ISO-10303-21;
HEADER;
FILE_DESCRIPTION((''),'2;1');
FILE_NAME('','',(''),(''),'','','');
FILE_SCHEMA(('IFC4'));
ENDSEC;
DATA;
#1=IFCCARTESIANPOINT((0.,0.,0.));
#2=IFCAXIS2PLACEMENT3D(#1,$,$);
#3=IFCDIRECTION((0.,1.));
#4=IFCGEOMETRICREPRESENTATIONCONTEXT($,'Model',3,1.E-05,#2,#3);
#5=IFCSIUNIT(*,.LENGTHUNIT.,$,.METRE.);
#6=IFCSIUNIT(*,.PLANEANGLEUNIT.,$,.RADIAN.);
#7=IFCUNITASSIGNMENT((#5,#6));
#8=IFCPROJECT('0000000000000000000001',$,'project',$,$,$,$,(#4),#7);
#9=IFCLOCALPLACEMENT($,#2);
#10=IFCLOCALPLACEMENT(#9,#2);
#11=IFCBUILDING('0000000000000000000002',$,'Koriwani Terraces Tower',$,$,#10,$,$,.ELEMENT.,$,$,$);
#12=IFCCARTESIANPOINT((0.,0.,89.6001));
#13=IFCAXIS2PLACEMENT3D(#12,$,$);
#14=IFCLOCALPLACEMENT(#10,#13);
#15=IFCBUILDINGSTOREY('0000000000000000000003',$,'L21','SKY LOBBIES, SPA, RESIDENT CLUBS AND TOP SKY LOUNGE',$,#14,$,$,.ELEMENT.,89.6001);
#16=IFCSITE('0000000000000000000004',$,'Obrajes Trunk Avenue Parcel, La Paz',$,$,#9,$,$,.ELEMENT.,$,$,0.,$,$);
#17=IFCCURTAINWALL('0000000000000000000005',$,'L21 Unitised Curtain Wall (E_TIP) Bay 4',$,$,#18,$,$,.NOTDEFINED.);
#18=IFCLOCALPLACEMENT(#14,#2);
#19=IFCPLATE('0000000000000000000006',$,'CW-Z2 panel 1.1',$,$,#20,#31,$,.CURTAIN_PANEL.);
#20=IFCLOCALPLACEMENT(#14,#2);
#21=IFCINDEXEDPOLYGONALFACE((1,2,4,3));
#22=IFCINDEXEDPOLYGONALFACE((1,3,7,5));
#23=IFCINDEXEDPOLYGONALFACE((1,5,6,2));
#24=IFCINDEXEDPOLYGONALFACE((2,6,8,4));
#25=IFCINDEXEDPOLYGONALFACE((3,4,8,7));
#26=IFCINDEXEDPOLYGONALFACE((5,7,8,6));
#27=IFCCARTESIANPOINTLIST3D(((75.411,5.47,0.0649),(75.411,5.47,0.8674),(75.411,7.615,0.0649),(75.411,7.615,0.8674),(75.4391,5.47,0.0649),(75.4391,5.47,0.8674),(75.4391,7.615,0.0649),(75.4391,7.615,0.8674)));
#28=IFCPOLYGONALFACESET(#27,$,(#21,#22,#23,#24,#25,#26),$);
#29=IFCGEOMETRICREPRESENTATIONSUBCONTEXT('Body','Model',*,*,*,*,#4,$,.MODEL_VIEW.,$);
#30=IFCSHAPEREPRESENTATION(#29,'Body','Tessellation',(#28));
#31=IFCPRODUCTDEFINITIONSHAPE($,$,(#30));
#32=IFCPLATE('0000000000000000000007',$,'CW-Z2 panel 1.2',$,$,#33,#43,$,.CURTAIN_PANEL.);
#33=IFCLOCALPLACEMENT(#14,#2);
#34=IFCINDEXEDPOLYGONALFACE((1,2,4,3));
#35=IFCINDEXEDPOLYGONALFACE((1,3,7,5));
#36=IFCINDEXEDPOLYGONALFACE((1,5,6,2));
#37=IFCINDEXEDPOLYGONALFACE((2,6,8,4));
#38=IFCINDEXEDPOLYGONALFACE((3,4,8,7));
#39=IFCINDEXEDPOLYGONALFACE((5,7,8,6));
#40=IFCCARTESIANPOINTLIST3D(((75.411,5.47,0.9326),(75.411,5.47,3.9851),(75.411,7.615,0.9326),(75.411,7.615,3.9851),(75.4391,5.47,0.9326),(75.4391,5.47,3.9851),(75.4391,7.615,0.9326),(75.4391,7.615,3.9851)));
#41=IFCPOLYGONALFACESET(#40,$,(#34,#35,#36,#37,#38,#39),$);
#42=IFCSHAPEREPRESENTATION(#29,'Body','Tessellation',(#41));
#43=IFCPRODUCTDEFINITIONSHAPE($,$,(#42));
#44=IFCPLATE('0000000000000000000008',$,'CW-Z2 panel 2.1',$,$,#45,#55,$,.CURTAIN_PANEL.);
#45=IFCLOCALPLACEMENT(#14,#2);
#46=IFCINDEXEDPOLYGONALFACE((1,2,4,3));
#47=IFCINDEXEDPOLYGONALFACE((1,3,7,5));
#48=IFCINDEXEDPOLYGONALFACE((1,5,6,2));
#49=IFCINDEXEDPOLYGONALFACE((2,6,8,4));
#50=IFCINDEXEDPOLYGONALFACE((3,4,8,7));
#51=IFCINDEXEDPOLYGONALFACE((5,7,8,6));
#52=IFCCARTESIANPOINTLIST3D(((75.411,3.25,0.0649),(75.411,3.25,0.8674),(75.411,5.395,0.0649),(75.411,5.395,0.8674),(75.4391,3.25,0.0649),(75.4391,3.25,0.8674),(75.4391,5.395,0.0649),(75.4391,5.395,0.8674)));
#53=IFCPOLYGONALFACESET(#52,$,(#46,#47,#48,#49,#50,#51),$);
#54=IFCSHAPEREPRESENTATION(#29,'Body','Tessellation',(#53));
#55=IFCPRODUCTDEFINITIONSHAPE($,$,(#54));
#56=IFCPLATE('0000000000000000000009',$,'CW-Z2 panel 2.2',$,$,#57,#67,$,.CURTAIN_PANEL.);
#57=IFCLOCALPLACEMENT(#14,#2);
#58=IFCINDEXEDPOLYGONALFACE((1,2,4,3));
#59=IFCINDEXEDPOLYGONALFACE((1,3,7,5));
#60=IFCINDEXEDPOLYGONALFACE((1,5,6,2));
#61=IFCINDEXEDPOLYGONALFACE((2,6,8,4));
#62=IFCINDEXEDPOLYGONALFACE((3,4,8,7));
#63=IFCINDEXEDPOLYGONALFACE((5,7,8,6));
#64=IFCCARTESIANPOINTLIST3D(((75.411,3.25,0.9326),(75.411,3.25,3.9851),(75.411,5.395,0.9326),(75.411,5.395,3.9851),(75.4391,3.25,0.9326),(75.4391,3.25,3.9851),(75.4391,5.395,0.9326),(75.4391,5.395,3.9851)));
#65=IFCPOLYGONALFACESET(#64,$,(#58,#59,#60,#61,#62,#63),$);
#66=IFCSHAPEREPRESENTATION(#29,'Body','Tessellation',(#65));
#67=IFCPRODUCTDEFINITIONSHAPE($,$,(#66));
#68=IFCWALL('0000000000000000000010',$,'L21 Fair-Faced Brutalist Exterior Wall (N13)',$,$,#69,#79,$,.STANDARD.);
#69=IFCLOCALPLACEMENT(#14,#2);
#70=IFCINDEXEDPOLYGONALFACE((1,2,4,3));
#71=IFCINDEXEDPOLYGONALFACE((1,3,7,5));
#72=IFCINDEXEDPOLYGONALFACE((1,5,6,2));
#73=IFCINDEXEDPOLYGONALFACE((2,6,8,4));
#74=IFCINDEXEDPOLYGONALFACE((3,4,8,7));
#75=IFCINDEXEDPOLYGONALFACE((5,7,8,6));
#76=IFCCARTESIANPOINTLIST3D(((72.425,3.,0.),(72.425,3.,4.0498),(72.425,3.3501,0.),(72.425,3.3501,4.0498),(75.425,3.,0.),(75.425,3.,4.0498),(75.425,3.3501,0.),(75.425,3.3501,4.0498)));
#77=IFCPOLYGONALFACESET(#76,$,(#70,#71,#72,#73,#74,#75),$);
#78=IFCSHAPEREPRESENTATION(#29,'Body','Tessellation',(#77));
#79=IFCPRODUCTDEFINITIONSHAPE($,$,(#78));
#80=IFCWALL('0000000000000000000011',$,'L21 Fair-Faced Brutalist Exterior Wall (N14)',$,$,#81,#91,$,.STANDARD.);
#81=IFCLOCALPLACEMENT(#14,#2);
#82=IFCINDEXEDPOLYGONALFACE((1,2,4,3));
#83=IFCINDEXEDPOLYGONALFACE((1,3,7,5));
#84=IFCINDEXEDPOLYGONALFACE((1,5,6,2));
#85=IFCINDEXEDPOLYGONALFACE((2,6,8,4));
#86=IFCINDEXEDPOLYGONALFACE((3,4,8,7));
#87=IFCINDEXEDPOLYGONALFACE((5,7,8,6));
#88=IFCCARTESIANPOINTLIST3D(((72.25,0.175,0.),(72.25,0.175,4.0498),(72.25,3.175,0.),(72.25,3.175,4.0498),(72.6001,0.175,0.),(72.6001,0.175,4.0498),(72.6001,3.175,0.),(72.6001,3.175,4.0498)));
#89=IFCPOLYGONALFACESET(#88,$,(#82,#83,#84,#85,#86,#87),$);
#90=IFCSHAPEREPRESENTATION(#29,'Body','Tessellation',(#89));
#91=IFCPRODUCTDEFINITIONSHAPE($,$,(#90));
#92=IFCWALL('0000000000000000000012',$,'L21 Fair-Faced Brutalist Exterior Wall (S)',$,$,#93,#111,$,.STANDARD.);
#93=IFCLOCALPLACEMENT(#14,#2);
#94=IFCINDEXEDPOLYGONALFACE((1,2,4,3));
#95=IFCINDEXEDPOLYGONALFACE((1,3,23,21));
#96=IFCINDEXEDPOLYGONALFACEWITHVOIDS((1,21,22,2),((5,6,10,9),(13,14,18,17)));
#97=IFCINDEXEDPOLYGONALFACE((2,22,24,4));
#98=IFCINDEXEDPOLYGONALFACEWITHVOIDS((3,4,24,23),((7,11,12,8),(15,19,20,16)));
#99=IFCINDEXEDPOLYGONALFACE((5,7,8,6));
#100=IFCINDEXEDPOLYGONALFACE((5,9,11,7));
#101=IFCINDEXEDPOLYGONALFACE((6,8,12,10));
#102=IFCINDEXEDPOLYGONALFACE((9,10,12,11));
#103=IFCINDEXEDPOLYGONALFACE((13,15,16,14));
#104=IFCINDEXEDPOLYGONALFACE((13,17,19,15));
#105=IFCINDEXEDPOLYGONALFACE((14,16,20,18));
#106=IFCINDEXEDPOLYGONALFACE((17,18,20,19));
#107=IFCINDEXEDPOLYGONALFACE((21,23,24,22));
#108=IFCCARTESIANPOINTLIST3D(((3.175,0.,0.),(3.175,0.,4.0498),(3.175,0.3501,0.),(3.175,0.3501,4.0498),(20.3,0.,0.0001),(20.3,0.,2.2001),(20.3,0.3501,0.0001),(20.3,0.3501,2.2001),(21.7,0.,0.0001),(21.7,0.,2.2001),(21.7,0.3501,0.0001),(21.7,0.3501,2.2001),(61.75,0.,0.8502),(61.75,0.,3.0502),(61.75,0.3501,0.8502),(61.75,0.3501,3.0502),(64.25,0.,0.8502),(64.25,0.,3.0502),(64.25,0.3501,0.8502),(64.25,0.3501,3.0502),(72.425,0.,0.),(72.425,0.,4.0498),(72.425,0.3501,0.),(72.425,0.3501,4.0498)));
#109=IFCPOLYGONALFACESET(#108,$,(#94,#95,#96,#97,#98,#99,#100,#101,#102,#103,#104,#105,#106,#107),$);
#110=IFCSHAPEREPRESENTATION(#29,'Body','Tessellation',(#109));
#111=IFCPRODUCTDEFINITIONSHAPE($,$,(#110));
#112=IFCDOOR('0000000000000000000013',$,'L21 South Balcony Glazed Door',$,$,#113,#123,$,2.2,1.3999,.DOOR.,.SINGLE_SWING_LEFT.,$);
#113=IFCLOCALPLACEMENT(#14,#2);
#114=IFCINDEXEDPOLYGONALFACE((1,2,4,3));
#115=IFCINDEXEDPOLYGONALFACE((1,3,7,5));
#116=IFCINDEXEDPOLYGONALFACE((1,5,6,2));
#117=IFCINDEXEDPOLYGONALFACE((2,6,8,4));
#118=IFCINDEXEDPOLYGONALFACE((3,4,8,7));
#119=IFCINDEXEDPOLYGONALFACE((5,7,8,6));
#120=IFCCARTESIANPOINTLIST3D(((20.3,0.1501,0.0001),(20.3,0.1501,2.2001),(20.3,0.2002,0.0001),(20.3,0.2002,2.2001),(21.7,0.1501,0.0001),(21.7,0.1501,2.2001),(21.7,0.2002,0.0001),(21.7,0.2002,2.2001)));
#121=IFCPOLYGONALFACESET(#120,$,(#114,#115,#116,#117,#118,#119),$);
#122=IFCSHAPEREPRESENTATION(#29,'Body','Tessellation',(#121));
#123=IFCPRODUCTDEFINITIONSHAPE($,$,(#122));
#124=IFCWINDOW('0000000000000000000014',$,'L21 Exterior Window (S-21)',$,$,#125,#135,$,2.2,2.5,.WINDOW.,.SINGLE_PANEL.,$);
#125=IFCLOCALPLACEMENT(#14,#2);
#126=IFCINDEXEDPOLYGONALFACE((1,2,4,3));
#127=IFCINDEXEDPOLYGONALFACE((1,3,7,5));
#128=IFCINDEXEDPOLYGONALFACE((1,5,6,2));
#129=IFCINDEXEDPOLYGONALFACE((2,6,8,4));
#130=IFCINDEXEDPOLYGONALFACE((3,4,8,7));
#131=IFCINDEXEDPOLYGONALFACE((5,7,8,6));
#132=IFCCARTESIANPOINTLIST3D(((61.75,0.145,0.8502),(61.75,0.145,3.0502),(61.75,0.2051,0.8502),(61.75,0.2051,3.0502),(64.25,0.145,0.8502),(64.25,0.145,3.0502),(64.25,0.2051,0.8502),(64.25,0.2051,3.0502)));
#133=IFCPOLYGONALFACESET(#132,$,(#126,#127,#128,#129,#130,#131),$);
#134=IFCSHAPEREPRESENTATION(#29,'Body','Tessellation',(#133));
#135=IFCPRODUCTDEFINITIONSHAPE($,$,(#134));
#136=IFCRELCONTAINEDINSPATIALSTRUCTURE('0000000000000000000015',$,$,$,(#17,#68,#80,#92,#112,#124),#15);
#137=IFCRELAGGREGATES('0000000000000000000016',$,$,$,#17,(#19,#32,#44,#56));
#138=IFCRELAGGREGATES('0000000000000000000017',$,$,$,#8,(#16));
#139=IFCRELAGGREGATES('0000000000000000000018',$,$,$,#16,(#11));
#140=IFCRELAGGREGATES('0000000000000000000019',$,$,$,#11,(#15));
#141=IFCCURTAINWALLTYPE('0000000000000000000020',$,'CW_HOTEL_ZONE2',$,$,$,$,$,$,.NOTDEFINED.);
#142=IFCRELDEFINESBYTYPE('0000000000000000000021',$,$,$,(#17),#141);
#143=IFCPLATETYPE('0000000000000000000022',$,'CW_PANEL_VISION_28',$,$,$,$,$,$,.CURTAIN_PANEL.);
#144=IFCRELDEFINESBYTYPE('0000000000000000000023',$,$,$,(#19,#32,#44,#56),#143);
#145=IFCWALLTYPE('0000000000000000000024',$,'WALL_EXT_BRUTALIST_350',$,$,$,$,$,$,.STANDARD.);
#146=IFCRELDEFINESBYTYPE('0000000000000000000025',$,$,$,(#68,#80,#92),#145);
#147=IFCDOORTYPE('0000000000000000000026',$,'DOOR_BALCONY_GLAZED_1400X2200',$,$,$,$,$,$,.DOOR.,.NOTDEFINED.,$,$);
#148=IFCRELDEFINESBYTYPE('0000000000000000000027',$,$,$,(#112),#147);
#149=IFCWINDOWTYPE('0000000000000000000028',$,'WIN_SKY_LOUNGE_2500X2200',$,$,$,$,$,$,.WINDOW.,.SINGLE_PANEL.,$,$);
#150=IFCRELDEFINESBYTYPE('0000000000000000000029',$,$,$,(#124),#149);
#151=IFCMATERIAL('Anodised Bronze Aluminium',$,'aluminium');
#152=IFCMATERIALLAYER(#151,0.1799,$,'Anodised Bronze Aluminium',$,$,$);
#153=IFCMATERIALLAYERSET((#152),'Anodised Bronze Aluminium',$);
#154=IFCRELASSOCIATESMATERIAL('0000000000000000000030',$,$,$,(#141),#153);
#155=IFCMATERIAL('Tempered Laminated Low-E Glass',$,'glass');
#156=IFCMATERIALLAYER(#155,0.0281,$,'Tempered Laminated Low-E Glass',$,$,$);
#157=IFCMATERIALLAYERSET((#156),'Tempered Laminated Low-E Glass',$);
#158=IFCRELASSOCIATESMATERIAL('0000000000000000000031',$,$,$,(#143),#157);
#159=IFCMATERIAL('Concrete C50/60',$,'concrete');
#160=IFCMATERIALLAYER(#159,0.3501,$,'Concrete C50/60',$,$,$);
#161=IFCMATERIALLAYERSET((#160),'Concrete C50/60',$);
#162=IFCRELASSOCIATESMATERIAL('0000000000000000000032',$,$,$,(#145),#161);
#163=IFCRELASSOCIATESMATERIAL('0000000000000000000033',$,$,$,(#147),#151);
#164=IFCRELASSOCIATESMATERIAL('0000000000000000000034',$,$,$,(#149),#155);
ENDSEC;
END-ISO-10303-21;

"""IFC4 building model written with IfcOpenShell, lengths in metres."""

from ifc_helpers import new_model, si_unit, direction, frame, frame_2d, origin, origin_2d, place, context, subcontext, project, spatial, rectangle, extrude, material, layer, layer_set, type_object, element, fill, aggregate, save


model = new_model("IFC4")

# Units and contexts
model_context = context("Model", 3, precision=1e-05, world=origin(), true_north=direction((0.0, 1.0)))
body_context = subcontext(model_context, "Body", "Model", "MODEL_VIEW")
ifc_project = project(units=[si_unit("LENGTHUNIT", "METRE"), si_unit("PLANEANGLEUNIT", "RADIAN")], contexts=[model_context])

# Site, building, storey
site_placement = place(None, origin())
site = spatial("IfcSite", under=ifc_project, at=site_placement, Name="Obrajes Trunk Avenue Parcel, La Paz", CompositionType="ELEMENT", RefElevation=0.0)
building_placement = place(site_placement, origin())
building = spatial("IfcBuilding", under=site, at=building_placement, Name="Koriwani Terraces Tower", CompositionType="ELEMENT")
storey_placement = place(building_placement, frame((0.0, 0.0, 89.6001)))
storey = spatial("IfcBuildingStorey", under=building, at=storey_placement, Name="L21", Description="SKY LOBBIES, SPA, RESIDENT CLUBS AND TOP SKY LOUNGE", CompositionType="ELEMENT", Elevation=89.6001)

# Curtain wall
ifc_material_1 = material(Name="Anodised Bronze Aluminium", Category="aluminium")
ifc_layer_1 = layer(ifc_material_1, 0.1799, Name="Anodised Bronze Aluminium")
ifc_layer_set_1 = layer_set([ifc_layer_1], Name="Anodised Bronze Aluminium")
curtain_wall_type = type_object("IfcCurtainWallType", Name="CW_HOTEL_ZONE2", PredefinedType="NOTDEFINED", material=ifc_layer_set_1)
curtain_wall_1_placement = place(storey_placement, origin())
curtain_wall_1 = element("IfcCurtainWall", 1, at=curtain_wall_1_placement, inside=storey, type_object=curtain_wall_type, Name="L21 Unitised Curtain Wall (E_TIP) Bay 4", PredefinedType="NOTDEFINED")

# Plates
ifc_material_2 = material(Name="Tempered Laminated Low-E Glass", Category="glass")
ifc_layer_2 = layer(ifc_material_2, 0.0281, Name="Tempered Laminated Low-E Glass")
ifc_layer_set_2 = layer_set([ifc_layer_2], Name="Tempered Laminated Low-E Glass")
plate_type = type_object("IfcPlateType", Name="CW_PANEL_VISION_28", PredefinedType="CURTAIN_PANEL", material=ifc_layer_set_2)
plate_1_placement = place(storey_placement, frame((75.425, 6.5425, 0.0649), z_axis=(0.0, 0.0, 1.0), x_axis=(0.0, -1.0, 0.0)))
plate_1 = element("IfcPlate", 2, at=plate_1_placement, type_object=plate_type, Name="CW-Z2 panel 1.1", PredefinedType="CURTAIN_PANEL", context=body_context, shape_type="SweptSolid", body=[
    extrude(rectangle(XDim=2.145, YDim=0.0281, at=origin_2d()), origin(), (0.0, 0.0, 1.0), 0.8025),
])
plate_2_placement = place(storey_placement, frame((75.425, 6.5425, 0.9326), z_axis=(0.0, 0.0, 1.0), x_axis=(0.0, -1.0, 0.0)))
plate_2 = element("IfcPlate", 3, at=plate_2_placement, type_object=plate_type, Name="CW-Z2 panel 1.2", PredefinedType="CURTAIN_PANEL", context=body_context, shape_type="SweptSolid", body=[
    extrude(rectangle(XDim=2.145, YDim=0.0281, at=origin_2d()), origin(), (0.0, 0.0, 1.0), 3.0525),
])
plate_3_placement = place(storey_placement, frame((75.425, 4.3225, 0.0649), z_axis=(0.0, 0.0, 1.0), x_axis=(0.0, -1.0, 0.0)))
plate_3 = element("IfcPlate", 4, at=plate_3_placement, type_object=plate_type, Name="CW-Z2 panel 2.1", PredefinedType="CURTAIN_PANEL", context=body_context, shape_type="SweptSolid", body=[
    extrude(rectangle(XDim=2.145, YDim=0.0281, at=origin_2d()), origin(), (0.0, 0.0, 1.0), 0.8025),
])
plate_4_placement = place(storey_placement, frame((75.425, 4.3225, 0.9326), z_axis=(0.0, 0.0, 1.0), x_axis=(0.0, -1.0, 0.0)))
plate_4 = element("IfcPlate", 5, at=plate_4_placement, type_object=plate_type, Name="CW-Z2 panel 2.2", PredefinedType="CURTAIN_PANEL", context=body_context, shape_type="SweptSolid", body=[
    extrude(rectangle(XDim=2.145, YDim=0.0281, at=origin_2d()), origin(), (0.0, 0.0, 1.0), 3.0525),
])
aggregate(curtain_wall_1, [plate_1, plate_2, plate_3, plate_4])

# Walls
ifc_material_3 = material(Name="Concrete C50/60", Category="concrete")
ifc_layer_3 = layer(ifc_material_3, 0.3501, Name="Concrete C50/60")
ifc_layer_set_3 = layer_set([ifc_layer_3], Name="Concrete C50/60")
wall_type = type_object("IfcWallType", Name="WALL_EXT_BRUTALIST_350", PredefinedType="STANDARD", material=ifc_layer_set_3)
for number, where, z_axis, x_axis, name in (
    (6, (75.425, 3.175, 0.0), (0.0, 0.0, 1.0), (-1.0, 0.0, 0.0), "L21 Fair-Faced Brutalist Exterior Wall (N13)"),
    (7, (72.425, 3.175, 0.0), (0.0, 0.0, 1.0), (0.0, -1.0, 0.0), "L21 Fair-Faced Brutalist Exterior Wall (N14)"),
):
    element("IfcWall", number, at=place(storey_placement, frame(where, z_axis=z_axis, x_axis=x_axis)), inside=storey, type_object=wall_type, Name=name, PredefinedType="STANDARD", context=body_context, shape_type="SweptSolid", body=[
        extrude(rectangle(XDim=3.0, YDim=0.3501, at=frame_2d((1.5, 0.0))), origin(), (0.0, 0.0, 1.0), 4.0498),
    ])

# Wall, openings, door, window
wall_placement = place(storey_placement, frame((72.425, 0.175, 0.0), z_axis=(0.0, 0.0, 1.0), x_axis=(-1.0, 0.0, 0.0)))
wall = element("IfcWall", 8, at=wall_placement, inside=storey, type_object=wall_type, Name="L21 Fair-Faced Brutalist Exterior Wall (S)", PredefinedType="STANDARD", context=body_context, shape_type="SweptSolid", body=[
    extrude(rectangle(XDim=69.25, YDim=0.3501, at=frame_2d((34.625, 0.0))), origin(), (0.0, 0.0, 1.0), 4.0498),
])
opening_1_placement = place(wall_placement, frame((50.7251, 0.0, 0.0)))
opening_1 = element("IfcOpeningElement", 9, at=opening_1_placement, cuts=wall, PredefinedType="OPENING", context=body_context, shape_type="SweptSolid", body=[
    extrude(rectangle(XDim=1.3999, YDim=2.2, at=frame_2d((0.7, 1.1001))), frame((0.0, 0.1851, 0.0), z_axis=(0.0, -1.0, 0.0), x_axis=(1.0, 0.0, 0.0)), (0.0, 0.0, 1.0), 0.3701),
])
opening_2_placement = place(wall_placement, frame((8.175, 0.0, 0.8501)))
opening_2 = element("IfcOpeningElement", 10, at=opening_2_placement, cuts=wall, PredefinedType="OPENING", context=body_context, shape_type="SweptSolid", body=[
    extrude(rectangle(XDim=2.5, YDim=2.2, at=frame_2d((1.25, 1.1001))), frame((0.0, 0.1851, 0.0), z_axis=(0.0, -1.0, 0.0), x_axis=(1.0, 0.0, 0.0)), (0.0, 0.0, 1.0), 0.3701),
])
door_type = type_object("IfcDoorType", Name="DOOR_BALCONY_GLAZED_1400X2200", OperationType="NOTDEFINED", PredefinedType="DOOR", material=ifc_material_1)
door_placement = place(opening_1_placement, origin())
door = element("IfcDoor", 11, at=door_placement, inside=storey, type_object=door_type, Name="L21 South Balcony Glazed Door", OperationType="SINGLE_SWING_LEFT", OverallHeight=2.2, OverallWidth=1.3999, PredefinedType="DOOR", context=body_context, shape_type="SweptSolid", body=[
    extrude(rectangle(XDim=1.3999, YDim=2.2, at=frame_2d((0.7, 1.1001))), frame((0.0, 0.0249, 0.0), z_axis=(0.0, -1.0, 0.0), x_axis=(1.0, 0.0, 0.0)), (0.0, 0.0, 1.0), 0.05),
])
fill(opening_1, door)
window_type = type_object("IfcWindowType", Name="WIN_SKY_LOUNGE_2500X2200", PartitioningType="SINGLE_PANEL", PredefinedType="WINDOW", material=ifc_material_2)
window_placement = place(opening_2_placement, origin())
window = element("IfcWindow", 12, at=window_placement, inside=storey, type_object=window_type, Name="L21 Exterior Window (S-21)", OverallHeight=2.2, OverallWidth=2.5, PartitioningType="SINGLE_PANEL", PredefinedType="WINDOW", context=body_context, shape_type="SweptSolid", body=[
    extrude(rectangle(XDim=2.5, YDim=2.2, at=frame_2d((1.25, 1.1001))), frame((0.0, 0.03, 0.0), z_axis=(0.0, -1.0, 0.0), x_axis=(1.0, 0.0, 0.0)), (0.0, 0.0, 1.0), 0.0601),
])
fill(opening_2, window)

save(model, "model.ifc")
